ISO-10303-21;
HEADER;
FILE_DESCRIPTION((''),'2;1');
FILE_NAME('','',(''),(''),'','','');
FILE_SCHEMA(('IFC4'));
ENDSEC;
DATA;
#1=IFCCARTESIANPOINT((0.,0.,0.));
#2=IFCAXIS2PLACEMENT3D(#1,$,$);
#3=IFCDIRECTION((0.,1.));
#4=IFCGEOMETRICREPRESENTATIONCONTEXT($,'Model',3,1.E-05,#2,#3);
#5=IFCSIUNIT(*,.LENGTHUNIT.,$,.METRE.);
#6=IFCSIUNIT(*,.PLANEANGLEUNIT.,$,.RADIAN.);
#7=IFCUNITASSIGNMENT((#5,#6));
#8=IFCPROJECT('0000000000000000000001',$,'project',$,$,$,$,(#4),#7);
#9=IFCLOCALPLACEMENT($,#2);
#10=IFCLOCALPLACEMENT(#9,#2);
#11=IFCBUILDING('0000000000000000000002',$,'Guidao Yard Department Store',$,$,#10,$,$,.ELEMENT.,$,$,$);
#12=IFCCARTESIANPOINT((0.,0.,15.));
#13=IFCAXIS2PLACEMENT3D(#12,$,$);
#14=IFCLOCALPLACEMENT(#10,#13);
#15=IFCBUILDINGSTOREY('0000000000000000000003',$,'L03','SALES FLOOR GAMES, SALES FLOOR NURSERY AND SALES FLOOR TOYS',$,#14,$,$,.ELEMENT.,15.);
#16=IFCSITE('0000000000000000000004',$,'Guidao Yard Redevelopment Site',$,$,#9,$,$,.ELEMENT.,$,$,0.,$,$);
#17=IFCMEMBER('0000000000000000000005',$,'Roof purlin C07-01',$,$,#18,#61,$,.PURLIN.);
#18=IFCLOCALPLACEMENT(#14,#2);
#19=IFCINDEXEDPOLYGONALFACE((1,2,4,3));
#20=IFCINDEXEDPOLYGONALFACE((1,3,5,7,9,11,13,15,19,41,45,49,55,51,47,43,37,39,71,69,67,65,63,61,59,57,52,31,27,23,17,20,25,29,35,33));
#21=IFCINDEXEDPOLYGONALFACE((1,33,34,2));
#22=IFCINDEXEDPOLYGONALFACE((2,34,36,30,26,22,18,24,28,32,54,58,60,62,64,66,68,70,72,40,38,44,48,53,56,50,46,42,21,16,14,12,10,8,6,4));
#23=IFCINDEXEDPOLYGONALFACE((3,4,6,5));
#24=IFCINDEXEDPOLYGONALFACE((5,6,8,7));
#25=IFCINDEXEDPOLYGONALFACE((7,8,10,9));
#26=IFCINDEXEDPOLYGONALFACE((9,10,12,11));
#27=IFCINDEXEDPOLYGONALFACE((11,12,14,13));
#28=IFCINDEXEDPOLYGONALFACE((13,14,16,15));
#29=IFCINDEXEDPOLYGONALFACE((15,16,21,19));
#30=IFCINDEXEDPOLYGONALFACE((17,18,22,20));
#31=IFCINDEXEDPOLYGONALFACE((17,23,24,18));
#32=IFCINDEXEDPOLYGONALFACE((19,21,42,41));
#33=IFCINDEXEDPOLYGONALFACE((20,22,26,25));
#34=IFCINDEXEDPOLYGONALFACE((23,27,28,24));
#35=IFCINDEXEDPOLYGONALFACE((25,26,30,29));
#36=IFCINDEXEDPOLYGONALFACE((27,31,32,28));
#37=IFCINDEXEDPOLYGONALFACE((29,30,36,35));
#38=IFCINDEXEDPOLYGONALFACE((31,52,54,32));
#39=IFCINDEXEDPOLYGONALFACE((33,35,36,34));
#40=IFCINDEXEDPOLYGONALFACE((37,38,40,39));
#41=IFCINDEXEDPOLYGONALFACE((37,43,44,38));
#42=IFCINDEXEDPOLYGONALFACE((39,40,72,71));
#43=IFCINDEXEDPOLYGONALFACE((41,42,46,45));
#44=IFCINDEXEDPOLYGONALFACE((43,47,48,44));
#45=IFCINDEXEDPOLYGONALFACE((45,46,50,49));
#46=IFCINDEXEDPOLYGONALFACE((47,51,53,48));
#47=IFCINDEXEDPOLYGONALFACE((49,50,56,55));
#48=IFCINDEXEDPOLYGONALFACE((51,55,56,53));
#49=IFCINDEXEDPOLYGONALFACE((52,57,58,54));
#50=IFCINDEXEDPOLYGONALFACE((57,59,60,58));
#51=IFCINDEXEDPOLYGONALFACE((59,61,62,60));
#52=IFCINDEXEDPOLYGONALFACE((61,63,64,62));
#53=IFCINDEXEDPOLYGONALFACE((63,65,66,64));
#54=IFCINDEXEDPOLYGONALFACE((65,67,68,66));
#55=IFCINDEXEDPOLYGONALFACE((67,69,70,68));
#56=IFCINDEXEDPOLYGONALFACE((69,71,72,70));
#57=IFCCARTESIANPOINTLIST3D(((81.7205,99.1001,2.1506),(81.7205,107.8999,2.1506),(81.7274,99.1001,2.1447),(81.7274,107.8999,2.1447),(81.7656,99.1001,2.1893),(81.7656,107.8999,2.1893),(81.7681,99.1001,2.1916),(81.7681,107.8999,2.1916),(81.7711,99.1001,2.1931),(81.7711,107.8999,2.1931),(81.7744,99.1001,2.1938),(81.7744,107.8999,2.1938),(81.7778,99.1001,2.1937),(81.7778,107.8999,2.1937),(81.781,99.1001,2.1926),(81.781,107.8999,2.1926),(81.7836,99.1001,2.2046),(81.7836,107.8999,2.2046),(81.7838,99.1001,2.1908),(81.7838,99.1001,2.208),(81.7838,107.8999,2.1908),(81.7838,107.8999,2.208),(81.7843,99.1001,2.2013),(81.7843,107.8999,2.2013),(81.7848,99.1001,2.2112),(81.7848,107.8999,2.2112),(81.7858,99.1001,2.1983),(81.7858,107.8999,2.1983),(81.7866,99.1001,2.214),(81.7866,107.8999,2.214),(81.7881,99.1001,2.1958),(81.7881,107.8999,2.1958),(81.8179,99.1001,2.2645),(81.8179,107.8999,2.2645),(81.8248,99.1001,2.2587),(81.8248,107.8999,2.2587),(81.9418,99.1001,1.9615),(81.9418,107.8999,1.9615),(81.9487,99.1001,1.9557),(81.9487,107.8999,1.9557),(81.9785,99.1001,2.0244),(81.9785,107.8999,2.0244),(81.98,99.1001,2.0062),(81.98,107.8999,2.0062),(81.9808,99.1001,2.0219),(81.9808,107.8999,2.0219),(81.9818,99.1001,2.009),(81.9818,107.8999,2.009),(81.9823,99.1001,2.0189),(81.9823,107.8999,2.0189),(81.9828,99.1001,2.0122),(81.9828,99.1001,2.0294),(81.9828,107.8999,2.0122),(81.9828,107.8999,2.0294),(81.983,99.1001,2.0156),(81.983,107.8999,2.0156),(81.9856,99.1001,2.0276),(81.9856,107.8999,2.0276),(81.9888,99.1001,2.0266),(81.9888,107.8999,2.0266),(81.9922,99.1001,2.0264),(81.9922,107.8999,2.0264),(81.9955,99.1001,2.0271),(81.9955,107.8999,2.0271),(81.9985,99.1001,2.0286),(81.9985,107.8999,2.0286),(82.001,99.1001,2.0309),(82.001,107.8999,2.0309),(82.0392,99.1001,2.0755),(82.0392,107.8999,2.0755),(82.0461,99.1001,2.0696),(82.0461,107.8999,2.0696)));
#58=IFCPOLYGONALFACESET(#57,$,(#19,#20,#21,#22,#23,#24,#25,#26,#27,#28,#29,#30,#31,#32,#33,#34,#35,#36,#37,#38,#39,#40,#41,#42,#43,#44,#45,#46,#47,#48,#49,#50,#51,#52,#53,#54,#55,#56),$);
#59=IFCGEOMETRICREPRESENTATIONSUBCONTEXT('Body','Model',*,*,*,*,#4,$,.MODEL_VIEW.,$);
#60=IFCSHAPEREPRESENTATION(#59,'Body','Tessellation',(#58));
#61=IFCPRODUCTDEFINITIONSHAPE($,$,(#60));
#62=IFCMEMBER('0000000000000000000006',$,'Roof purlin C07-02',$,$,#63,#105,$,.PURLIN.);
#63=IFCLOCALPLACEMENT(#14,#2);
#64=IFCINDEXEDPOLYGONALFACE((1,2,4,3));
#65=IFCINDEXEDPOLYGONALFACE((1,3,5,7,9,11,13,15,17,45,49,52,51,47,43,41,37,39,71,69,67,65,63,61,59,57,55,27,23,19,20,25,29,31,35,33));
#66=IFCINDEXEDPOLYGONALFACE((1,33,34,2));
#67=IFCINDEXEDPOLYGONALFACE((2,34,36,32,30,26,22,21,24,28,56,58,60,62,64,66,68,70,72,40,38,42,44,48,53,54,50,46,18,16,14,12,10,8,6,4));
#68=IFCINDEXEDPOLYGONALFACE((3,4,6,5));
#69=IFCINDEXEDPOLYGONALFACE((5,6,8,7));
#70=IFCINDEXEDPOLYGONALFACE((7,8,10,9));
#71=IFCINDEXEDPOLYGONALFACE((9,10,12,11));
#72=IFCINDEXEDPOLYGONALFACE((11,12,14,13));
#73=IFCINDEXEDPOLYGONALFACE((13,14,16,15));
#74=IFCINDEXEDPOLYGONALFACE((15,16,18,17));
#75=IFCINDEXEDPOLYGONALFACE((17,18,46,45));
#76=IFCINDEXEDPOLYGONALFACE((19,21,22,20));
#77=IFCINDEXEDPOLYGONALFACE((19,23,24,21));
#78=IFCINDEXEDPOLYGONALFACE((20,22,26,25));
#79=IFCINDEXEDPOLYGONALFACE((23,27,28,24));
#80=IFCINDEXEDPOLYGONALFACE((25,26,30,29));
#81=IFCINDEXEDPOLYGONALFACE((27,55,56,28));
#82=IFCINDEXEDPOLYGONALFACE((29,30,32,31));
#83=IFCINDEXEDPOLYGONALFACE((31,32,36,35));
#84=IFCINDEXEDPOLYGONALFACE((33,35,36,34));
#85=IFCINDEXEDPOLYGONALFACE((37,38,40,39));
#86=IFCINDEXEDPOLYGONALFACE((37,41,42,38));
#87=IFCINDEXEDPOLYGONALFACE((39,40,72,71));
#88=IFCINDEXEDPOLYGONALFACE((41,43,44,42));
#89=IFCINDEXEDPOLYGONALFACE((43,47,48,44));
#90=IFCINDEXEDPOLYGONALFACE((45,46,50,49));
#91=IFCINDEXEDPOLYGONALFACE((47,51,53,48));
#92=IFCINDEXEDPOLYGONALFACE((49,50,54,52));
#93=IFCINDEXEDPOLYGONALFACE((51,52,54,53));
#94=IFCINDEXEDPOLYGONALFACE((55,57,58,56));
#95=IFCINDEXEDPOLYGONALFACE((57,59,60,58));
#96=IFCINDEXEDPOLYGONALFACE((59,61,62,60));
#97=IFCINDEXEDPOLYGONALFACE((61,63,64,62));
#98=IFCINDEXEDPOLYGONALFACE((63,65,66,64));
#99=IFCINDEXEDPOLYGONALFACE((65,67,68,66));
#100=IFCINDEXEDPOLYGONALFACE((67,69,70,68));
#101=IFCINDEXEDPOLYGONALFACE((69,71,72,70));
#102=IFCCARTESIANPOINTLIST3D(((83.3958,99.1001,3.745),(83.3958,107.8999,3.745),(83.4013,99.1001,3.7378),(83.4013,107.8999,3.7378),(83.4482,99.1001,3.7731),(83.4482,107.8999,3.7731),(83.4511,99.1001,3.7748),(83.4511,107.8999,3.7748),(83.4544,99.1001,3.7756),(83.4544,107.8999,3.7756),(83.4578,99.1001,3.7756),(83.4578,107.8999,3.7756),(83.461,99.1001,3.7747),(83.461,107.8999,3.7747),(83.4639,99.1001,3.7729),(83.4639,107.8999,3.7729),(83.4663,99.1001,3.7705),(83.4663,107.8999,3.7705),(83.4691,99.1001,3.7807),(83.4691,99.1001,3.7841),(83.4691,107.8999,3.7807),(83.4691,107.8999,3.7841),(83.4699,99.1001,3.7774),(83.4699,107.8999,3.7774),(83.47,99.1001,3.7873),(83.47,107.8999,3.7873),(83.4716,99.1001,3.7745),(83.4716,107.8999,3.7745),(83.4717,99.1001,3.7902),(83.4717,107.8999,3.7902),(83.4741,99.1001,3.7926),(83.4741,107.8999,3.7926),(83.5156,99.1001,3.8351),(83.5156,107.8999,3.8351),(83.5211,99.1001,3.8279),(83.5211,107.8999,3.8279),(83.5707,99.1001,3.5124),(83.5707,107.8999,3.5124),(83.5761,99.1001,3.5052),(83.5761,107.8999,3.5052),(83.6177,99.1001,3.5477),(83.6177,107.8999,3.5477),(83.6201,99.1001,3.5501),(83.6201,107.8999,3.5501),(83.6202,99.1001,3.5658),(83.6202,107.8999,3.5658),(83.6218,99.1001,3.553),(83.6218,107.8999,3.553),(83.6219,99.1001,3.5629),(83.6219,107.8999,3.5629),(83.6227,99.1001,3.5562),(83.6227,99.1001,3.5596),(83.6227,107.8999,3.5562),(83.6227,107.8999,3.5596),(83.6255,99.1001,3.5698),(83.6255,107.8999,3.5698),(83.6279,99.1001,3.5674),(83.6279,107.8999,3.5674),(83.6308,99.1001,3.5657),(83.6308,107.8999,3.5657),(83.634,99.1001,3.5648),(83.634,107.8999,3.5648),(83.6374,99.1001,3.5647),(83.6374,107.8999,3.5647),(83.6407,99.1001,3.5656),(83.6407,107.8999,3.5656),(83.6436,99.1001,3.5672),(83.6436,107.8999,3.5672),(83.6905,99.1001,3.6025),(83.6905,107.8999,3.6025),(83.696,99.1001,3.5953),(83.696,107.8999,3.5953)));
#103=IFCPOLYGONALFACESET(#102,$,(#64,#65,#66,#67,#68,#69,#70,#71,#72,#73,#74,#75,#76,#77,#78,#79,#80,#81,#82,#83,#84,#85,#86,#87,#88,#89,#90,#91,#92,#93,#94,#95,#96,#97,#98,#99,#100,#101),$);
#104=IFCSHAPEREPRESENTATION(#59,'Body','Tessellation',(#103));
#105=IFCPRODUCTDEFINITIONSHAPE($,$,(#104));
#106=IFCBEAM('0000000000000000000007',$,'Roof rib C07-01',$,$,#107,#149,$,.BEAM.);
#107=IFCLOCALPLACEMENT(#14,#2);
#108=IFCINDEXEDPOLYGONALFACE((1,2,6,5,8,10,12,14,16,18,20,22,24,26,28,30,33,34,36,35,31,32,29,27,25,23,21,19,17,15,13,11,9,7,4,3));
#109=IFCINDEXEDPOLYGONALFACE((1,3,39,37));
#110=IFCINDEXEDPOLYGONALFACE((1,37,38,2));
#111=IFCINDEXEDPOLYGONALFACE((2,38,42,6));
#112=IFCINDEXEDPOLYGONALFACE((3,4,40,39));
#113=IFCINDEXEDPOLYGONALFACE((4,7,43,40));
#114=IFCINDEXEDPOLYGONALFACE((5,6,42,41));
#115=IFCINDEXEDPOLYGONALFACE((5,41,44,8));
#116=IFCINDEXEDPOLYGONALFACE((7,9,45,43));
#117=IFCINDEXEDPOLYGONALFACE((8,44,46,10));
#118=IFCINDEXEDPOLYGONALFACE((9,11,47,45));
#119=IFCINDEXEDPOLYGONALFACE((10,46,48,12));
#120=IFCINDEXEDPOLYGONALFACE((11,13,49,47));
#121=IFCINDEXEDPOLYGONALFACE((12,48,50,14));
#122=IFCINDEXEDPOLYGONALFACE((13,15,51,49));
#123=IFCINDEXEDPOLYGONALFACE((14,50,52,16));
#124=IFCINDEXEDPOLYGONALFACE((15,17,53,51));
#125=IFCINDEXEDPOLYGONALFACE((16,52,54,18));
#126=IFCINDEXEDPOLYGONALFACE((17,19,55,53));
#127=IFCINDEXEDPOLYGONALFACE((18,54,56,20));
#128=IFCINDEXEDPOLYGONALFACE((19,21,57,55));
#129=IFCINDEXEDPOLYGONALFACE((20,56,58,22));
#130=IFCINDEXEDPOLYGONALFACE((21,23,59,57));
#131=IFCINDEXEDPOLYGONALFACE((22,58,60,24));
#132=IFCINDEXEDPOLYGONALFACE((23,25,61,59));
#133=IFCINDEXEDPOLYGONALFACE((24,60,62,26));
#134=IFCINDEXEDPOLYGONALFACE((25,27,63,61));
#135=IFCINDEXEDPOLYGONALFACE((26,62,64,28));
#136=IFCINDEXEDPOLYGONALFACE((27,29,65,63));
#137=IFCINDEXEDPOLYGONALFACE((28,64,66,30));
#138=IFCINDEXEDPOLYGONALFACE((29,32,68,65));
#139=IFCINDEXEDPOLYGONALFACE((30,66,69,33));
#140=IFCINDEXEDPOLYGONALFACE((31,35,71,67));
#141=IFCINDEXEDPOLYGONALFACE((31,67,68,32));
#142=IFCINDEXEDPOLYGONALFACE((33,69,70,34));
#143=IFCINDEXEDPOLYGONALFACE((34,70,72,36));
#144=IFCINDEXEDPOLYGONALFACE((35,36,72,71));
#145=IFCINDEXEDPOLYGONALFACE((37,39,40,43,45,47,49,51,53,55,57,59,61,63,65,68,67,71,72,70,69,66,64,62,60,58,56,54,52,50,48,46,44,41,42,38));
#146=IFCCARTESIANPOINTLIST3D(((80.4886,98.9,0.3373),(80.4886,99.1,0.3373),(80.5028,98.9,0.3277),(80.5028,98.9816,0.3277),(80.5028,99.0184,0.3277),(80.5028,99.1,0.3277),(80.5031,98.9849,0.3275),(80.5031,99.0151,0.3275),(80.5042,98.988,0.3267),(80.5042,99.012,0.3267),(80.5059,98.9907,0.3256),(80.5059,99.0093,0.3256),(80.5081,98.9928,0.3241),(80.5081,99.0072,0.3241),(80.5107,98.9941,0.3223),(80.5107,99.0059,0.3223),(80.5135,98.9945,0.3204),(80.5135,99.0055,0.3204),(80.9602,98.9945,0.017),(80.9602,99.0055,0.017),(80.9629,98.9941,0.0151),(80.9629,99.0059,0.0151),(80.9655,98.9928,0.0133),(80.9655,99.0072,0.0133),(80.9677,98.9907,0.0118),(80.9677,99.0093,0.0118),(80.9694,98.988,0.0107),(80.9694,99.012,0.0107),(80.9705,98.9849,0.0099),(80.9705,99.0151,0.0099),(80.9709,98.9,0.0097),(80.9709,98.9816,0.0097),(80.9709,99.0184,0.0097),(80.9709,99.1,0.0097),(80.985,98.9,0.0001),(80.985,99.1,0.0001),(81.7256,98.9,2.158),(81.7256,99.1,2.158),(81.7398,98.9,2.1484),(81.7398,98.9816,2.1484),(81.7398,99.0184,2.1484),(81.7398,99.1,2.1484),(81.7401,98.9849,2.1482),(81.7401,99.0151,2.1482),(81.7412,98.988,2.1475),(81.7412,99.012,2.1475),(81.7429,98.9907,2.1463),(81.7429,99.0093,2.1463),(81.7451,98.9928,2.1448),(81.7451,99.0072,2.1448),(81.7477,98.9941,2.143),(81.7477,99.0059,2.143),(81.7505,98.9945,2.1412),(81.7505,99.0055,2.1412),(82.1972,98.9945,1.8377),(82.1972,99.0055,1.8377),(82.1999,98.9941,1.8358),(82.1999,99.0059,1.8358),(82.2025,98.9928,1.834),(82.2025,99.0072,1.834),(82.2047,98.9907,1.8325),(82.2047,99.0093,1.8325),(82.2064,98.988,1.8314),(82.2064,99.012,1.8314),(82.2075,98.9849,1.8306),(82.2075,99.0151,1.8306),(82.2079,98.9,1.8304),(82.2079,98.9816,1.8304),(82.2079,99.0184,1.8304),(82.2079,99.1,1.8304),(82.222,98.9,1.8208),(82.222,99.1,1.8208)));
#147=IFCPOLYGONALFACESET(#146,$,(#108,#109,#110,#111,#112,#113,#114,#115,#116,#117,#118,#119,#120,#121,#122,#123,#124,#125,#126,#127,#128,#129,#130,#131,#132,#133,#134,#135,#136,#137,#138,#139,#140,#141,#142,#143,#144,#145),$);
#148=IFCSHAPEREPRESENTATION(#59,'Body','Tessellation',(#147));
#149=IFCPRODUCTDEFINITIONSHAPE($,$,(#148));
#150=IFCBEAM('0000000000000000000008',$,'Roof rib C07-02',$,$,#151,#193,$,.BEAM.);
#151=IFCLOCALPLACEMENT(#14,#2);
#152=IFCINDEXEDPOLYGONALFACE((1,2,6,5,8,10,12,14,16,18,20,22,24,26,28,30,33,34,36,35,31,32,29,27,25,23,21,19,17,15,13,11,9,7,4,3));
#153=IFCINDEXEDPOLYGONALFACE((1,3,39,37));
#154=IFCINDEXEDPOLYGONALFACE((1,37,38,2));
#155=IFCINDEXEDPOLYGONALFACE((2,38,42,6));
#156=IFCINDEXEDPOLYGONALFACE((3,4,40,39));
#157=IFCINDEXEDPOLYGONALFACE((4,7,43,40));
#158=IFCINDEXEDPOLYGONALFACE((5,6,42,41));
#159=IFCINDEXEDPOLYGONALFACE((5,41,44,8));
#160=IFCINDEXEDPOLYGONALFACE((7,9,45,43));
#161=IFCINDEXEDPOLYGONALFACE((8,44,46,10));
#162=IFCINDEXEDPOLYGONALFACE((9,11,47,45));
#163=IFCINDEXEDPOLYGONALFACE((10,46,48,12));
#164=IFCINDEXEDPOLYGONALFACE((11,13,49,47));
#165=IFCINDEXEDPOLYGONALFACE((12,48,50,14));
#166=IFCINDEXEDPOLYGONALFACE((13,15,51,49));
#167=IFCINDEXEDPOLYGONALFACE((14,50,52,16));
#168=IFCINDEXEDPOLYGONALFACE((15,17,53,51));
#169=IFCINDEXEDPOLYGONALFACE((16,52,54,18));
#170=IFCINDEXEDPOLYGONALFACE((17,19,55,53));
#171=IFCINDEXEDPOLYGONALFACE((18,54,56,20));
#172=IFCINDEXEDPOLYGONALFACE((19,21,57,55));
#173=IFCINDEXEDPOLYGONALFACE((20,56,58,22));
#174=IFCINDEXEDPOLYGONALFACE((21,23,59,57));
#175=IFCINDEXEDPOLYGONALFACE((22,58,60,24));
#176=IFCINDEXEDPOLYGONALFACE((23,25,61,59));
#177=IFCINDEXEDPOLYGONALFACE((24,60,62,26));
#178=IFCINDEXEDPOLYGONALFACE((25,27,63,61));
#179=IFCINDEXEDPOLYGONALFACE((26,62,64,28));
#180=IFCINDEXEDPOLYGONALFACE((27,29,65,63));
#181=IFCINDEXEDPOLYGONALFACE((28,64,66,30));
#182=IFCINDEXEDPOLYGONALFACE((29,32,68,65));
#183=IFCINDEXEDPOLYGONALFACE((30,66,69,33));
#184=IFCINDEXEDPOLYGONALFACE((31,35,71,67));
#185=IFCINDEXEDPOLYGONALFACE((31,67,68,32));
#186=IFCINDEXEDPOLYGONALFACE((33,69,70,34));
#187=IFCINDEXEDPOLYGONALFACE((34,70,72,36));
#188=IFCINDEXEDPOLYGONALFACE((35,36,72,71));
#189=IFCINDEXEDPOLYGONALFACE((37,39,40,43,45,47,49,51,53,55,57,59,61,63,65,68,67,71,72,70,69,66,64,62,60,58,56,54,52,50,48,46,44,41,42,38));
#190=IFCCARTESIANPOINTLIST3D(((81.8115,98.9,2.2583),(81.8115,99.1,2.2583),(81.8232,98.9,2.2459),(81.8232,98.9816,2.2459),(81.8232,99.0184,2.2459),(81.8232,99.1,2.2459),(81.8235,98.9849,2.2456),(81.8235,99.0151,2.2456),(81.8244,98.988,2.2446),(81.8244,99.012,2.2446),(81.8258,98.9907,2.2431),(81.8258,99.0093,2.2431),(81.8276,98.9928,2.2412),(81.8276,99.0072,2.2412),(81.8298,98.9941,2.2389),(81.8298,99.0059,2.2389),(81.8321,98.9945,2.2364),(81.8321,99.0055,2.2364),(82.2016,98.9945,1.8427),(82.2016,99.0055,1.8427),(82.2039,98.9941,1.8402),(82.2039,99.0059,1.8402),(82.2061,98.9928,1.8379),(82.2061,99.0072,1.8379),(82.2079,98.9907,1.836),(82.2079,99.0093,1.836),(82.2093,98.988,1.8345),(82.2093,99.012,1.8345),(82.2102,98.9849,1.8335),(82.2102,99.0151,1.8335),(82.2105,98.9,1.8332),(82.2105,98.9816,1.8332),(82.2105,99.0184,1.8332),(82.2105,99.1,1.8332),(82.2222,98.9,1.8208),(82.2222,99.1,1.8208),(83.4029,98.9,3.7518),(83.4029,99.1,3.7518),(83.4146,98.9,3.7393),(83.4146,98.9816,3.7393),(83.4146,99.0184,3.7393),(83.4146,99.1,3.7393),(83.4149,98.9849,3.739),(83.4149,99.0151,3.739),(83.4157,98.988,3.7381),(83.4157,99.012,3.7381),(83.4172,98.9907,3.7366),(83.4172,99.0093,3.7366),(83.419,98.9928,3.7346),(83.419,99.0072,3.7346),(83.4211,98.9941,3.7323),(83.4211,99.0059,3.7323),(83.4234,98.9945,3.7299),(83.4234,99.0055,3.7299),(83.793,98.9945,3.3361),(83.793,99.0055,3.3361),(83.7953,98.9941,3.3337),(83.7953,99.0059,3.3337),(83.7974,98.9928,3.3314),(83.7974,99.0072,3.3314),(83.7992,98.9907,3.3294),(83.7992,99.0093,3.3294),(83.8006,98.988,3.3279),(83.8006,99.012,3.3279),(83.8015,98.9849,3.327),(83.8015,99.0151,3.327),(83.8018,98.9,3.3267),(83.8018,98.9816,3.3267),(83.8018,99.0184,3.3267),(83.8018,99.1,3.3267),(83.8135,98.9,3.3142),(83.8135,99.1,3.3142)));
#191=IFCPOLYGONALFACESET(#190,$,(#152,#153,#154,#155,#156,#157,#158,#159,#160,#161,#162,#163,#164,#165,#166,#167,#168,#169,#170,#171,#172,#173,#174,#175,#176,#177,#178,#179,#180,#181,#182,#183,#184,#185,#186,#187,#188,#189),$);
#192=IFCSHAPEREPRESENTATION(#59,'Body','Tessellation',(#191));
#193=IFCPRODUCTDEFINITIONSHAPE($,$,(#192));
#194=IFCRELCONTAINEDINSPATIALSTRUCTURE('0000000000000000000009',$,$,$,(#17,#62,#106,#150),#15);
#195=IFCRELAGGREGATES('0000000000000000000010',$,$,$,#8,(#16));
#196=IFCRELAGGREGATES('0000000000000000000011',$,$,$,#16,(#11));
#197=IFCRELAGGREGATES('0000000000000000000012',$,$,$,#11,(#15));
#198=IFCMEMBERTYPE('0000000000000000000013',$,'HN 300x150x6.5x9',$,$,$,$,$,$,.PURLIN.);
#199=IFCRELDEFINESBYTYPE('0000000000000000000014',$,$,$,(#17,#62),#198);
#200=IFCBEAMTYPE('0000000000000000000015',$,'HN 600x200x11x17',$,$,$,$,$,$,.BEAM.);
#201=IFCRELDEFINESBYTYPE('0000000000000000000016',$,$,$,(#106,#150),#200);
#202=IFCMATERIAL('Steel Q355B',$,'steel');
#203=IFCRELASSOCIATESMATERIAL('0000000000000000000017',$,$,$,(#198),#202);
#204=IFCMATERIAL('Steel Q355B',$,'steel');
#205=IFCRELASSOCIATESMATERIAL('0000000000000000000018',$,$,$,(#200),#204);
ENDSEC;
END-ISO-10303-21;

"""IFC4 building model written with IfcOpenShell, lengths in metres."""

from ifc_helpers import new_model, si_unit, direction, frame, origin, origin_2d, place, context, subcontext, project, spatial, i_section, extrude, material, material_profile, profile_set, type_object, element, save


model = new_model("IFC4")

# Units and contexts
model_context = context("Model", 3, precision=1e-05, world=origin(), true_north=direction((0.0, 1.0)))
body_context = subcontext(model_context, "Body", "Model", "MODEL_VIEW")
ifc_project = project(units=[si_unit("LENGTHUNIT", "METRE"), si_unit("PLANEANGLEUNIT", "RADIAN")], contexts=[model_context])

# Site, building, storey
site_placement = place(None, origin())
site = spatial("IfcSite", under=ifc_project, at=site_placement, Name="Guidao Yard Redevelopment Site", CompositionType="ELEMENT", RefElevation=0.0)
building_placement = place(site_placement, origin())
building = spatial("IfcBuilding", under=site, at=building_placement, Name="Guidao Yard Department Store", CompositionType="ELEMENT")
storey_placement = place(building_placement, frame((0.0, 0.0, 15.0)))
storey = spatial("IfcBuildingStorey", under=building, at=storey_placement, Name="L03", Description="SALES FLOOR GAMES, SALES FLOOR NURSERY AND SALES FLOOR TOYS", CompositionType="ELEMENT", Elevation=15.0)

# Members
ifc_material_1 = material(Name="Steel Q355B", Category="steel")
ifc_material_profile_1 = material_profile(ifc_material_1, i_section(OverallWidth=0.1499, OverallDepth=0.3, WebThickness=0.0066, FlangeThickness=0.009, FilletRadius=0.0129, at=origin_2d()), Name="HN 300x150x6.5x9")
ifc_profile_set_1 = profile_set([ifc_material_profile_1], Name="Steel Q355B")
member_type_1 = type_object("IfcMemberType", Name="HN 300x150x6.5x9", PredefinedType="PURLIN", material=ifc_profile_set_1)
for number, where, z_axis, x_axis, name in (
    (1, (81.8833, 99.1001, 2.1101), (0.0, 1.0, 0.0), (-0.649537, 0.0, -0.76033), "Roof purlin C07-01"),
    (2, (83.5459, 99.1001, 3.6702), (0.0, 1.0, 0.0), (-0.799284, 0.0, -0.600954), "Roof purlin C07-02"),
):
    element("IfcMember", number, at=place(storey_placement, frame(where, z_axis=z_axis, x_axis=x_axis)), inside=storey, type_object=member_type_1, Name=name, PredefinedType="PURLIN", context=body_context, shape_type="SweptSolid", body=[
        extrude(i_section(OverallWidth=0.1499, OverallDepth=0.3, WebThickness=0.0066, FlangeThickness=0.009, FilletRadius=0.0129, at=origin_2d()), origin(), (0.0, 0.0, 1.0), 8.7998),
    ])

# Beams
ifc_material_2 = material(Name="Steel Q355B", Category="steel")
ifc_material_profile_2 = material_profile(ifc_material_2, i_section(OverallWidth=0.2, OverallDepth=0.6001, WebThickness=0.011, FlangeThickness=0.0171, FilletRadius=0.0129, at=origin_2d()), Name="HN 600x200x11x17")
ifc_profile_set_2 = profile_set([ifc_material_profile_2], Name="Steel Q355B")
beam_type_1 = type_object("IfcBeamType", Name="HN 600x200x11x17", PredefinedType="BEAM", material=ifc_profile_set_2)
beam_1_placement = place(storey_placement, frame((80.7368, 99.0, 0.1687), z_axis=(0.561973, 0.0, 0.827155), x_axis=(0.0, 1.0, 0.0)))
element("IfcBeam", 3, at=beam_1_placement, inside=storey, type_object=beam_type_1, Name="Roof rib C07-01", PredefinedType="BEAM", context=body_context, shape_type="SweptSolid", body=[
    extrude(i_section(OverallWidth=0.2, OverallDepth=0.6001, WebThickness=0.011, FlangeThickness=0.0171, FilletRadius=0.0129, at=origin_2d()), origin(), (0.0, 0.0, 1.0), 2.2012),
])
beam_2_placement = place(storey_placement, frame((82.0168, 99.0, 2.0396), z_axis=(0.729181, 0.0, 0.684321), x_axis=(0.0, 1.0, 0.0)))
element("IfcBeam", 4, at=beam_2_placement, inside=storey, type_object=beam_type_1, Name="Roof rib C07-02", PredefinedType="BEAM", context=body_context, shape_type="SweptSolid", body=[
    extrude(i_section(OverallWidth=0.2, OverallDepth=0.6001, WebThickness=0.011, FlangeThickness=0.0171, FilletRadius=0.0129, at=origin_2d()), origin(), (0.0, 0.0, 1.0), 2.1824),
])

save(model, "model.ifc")
